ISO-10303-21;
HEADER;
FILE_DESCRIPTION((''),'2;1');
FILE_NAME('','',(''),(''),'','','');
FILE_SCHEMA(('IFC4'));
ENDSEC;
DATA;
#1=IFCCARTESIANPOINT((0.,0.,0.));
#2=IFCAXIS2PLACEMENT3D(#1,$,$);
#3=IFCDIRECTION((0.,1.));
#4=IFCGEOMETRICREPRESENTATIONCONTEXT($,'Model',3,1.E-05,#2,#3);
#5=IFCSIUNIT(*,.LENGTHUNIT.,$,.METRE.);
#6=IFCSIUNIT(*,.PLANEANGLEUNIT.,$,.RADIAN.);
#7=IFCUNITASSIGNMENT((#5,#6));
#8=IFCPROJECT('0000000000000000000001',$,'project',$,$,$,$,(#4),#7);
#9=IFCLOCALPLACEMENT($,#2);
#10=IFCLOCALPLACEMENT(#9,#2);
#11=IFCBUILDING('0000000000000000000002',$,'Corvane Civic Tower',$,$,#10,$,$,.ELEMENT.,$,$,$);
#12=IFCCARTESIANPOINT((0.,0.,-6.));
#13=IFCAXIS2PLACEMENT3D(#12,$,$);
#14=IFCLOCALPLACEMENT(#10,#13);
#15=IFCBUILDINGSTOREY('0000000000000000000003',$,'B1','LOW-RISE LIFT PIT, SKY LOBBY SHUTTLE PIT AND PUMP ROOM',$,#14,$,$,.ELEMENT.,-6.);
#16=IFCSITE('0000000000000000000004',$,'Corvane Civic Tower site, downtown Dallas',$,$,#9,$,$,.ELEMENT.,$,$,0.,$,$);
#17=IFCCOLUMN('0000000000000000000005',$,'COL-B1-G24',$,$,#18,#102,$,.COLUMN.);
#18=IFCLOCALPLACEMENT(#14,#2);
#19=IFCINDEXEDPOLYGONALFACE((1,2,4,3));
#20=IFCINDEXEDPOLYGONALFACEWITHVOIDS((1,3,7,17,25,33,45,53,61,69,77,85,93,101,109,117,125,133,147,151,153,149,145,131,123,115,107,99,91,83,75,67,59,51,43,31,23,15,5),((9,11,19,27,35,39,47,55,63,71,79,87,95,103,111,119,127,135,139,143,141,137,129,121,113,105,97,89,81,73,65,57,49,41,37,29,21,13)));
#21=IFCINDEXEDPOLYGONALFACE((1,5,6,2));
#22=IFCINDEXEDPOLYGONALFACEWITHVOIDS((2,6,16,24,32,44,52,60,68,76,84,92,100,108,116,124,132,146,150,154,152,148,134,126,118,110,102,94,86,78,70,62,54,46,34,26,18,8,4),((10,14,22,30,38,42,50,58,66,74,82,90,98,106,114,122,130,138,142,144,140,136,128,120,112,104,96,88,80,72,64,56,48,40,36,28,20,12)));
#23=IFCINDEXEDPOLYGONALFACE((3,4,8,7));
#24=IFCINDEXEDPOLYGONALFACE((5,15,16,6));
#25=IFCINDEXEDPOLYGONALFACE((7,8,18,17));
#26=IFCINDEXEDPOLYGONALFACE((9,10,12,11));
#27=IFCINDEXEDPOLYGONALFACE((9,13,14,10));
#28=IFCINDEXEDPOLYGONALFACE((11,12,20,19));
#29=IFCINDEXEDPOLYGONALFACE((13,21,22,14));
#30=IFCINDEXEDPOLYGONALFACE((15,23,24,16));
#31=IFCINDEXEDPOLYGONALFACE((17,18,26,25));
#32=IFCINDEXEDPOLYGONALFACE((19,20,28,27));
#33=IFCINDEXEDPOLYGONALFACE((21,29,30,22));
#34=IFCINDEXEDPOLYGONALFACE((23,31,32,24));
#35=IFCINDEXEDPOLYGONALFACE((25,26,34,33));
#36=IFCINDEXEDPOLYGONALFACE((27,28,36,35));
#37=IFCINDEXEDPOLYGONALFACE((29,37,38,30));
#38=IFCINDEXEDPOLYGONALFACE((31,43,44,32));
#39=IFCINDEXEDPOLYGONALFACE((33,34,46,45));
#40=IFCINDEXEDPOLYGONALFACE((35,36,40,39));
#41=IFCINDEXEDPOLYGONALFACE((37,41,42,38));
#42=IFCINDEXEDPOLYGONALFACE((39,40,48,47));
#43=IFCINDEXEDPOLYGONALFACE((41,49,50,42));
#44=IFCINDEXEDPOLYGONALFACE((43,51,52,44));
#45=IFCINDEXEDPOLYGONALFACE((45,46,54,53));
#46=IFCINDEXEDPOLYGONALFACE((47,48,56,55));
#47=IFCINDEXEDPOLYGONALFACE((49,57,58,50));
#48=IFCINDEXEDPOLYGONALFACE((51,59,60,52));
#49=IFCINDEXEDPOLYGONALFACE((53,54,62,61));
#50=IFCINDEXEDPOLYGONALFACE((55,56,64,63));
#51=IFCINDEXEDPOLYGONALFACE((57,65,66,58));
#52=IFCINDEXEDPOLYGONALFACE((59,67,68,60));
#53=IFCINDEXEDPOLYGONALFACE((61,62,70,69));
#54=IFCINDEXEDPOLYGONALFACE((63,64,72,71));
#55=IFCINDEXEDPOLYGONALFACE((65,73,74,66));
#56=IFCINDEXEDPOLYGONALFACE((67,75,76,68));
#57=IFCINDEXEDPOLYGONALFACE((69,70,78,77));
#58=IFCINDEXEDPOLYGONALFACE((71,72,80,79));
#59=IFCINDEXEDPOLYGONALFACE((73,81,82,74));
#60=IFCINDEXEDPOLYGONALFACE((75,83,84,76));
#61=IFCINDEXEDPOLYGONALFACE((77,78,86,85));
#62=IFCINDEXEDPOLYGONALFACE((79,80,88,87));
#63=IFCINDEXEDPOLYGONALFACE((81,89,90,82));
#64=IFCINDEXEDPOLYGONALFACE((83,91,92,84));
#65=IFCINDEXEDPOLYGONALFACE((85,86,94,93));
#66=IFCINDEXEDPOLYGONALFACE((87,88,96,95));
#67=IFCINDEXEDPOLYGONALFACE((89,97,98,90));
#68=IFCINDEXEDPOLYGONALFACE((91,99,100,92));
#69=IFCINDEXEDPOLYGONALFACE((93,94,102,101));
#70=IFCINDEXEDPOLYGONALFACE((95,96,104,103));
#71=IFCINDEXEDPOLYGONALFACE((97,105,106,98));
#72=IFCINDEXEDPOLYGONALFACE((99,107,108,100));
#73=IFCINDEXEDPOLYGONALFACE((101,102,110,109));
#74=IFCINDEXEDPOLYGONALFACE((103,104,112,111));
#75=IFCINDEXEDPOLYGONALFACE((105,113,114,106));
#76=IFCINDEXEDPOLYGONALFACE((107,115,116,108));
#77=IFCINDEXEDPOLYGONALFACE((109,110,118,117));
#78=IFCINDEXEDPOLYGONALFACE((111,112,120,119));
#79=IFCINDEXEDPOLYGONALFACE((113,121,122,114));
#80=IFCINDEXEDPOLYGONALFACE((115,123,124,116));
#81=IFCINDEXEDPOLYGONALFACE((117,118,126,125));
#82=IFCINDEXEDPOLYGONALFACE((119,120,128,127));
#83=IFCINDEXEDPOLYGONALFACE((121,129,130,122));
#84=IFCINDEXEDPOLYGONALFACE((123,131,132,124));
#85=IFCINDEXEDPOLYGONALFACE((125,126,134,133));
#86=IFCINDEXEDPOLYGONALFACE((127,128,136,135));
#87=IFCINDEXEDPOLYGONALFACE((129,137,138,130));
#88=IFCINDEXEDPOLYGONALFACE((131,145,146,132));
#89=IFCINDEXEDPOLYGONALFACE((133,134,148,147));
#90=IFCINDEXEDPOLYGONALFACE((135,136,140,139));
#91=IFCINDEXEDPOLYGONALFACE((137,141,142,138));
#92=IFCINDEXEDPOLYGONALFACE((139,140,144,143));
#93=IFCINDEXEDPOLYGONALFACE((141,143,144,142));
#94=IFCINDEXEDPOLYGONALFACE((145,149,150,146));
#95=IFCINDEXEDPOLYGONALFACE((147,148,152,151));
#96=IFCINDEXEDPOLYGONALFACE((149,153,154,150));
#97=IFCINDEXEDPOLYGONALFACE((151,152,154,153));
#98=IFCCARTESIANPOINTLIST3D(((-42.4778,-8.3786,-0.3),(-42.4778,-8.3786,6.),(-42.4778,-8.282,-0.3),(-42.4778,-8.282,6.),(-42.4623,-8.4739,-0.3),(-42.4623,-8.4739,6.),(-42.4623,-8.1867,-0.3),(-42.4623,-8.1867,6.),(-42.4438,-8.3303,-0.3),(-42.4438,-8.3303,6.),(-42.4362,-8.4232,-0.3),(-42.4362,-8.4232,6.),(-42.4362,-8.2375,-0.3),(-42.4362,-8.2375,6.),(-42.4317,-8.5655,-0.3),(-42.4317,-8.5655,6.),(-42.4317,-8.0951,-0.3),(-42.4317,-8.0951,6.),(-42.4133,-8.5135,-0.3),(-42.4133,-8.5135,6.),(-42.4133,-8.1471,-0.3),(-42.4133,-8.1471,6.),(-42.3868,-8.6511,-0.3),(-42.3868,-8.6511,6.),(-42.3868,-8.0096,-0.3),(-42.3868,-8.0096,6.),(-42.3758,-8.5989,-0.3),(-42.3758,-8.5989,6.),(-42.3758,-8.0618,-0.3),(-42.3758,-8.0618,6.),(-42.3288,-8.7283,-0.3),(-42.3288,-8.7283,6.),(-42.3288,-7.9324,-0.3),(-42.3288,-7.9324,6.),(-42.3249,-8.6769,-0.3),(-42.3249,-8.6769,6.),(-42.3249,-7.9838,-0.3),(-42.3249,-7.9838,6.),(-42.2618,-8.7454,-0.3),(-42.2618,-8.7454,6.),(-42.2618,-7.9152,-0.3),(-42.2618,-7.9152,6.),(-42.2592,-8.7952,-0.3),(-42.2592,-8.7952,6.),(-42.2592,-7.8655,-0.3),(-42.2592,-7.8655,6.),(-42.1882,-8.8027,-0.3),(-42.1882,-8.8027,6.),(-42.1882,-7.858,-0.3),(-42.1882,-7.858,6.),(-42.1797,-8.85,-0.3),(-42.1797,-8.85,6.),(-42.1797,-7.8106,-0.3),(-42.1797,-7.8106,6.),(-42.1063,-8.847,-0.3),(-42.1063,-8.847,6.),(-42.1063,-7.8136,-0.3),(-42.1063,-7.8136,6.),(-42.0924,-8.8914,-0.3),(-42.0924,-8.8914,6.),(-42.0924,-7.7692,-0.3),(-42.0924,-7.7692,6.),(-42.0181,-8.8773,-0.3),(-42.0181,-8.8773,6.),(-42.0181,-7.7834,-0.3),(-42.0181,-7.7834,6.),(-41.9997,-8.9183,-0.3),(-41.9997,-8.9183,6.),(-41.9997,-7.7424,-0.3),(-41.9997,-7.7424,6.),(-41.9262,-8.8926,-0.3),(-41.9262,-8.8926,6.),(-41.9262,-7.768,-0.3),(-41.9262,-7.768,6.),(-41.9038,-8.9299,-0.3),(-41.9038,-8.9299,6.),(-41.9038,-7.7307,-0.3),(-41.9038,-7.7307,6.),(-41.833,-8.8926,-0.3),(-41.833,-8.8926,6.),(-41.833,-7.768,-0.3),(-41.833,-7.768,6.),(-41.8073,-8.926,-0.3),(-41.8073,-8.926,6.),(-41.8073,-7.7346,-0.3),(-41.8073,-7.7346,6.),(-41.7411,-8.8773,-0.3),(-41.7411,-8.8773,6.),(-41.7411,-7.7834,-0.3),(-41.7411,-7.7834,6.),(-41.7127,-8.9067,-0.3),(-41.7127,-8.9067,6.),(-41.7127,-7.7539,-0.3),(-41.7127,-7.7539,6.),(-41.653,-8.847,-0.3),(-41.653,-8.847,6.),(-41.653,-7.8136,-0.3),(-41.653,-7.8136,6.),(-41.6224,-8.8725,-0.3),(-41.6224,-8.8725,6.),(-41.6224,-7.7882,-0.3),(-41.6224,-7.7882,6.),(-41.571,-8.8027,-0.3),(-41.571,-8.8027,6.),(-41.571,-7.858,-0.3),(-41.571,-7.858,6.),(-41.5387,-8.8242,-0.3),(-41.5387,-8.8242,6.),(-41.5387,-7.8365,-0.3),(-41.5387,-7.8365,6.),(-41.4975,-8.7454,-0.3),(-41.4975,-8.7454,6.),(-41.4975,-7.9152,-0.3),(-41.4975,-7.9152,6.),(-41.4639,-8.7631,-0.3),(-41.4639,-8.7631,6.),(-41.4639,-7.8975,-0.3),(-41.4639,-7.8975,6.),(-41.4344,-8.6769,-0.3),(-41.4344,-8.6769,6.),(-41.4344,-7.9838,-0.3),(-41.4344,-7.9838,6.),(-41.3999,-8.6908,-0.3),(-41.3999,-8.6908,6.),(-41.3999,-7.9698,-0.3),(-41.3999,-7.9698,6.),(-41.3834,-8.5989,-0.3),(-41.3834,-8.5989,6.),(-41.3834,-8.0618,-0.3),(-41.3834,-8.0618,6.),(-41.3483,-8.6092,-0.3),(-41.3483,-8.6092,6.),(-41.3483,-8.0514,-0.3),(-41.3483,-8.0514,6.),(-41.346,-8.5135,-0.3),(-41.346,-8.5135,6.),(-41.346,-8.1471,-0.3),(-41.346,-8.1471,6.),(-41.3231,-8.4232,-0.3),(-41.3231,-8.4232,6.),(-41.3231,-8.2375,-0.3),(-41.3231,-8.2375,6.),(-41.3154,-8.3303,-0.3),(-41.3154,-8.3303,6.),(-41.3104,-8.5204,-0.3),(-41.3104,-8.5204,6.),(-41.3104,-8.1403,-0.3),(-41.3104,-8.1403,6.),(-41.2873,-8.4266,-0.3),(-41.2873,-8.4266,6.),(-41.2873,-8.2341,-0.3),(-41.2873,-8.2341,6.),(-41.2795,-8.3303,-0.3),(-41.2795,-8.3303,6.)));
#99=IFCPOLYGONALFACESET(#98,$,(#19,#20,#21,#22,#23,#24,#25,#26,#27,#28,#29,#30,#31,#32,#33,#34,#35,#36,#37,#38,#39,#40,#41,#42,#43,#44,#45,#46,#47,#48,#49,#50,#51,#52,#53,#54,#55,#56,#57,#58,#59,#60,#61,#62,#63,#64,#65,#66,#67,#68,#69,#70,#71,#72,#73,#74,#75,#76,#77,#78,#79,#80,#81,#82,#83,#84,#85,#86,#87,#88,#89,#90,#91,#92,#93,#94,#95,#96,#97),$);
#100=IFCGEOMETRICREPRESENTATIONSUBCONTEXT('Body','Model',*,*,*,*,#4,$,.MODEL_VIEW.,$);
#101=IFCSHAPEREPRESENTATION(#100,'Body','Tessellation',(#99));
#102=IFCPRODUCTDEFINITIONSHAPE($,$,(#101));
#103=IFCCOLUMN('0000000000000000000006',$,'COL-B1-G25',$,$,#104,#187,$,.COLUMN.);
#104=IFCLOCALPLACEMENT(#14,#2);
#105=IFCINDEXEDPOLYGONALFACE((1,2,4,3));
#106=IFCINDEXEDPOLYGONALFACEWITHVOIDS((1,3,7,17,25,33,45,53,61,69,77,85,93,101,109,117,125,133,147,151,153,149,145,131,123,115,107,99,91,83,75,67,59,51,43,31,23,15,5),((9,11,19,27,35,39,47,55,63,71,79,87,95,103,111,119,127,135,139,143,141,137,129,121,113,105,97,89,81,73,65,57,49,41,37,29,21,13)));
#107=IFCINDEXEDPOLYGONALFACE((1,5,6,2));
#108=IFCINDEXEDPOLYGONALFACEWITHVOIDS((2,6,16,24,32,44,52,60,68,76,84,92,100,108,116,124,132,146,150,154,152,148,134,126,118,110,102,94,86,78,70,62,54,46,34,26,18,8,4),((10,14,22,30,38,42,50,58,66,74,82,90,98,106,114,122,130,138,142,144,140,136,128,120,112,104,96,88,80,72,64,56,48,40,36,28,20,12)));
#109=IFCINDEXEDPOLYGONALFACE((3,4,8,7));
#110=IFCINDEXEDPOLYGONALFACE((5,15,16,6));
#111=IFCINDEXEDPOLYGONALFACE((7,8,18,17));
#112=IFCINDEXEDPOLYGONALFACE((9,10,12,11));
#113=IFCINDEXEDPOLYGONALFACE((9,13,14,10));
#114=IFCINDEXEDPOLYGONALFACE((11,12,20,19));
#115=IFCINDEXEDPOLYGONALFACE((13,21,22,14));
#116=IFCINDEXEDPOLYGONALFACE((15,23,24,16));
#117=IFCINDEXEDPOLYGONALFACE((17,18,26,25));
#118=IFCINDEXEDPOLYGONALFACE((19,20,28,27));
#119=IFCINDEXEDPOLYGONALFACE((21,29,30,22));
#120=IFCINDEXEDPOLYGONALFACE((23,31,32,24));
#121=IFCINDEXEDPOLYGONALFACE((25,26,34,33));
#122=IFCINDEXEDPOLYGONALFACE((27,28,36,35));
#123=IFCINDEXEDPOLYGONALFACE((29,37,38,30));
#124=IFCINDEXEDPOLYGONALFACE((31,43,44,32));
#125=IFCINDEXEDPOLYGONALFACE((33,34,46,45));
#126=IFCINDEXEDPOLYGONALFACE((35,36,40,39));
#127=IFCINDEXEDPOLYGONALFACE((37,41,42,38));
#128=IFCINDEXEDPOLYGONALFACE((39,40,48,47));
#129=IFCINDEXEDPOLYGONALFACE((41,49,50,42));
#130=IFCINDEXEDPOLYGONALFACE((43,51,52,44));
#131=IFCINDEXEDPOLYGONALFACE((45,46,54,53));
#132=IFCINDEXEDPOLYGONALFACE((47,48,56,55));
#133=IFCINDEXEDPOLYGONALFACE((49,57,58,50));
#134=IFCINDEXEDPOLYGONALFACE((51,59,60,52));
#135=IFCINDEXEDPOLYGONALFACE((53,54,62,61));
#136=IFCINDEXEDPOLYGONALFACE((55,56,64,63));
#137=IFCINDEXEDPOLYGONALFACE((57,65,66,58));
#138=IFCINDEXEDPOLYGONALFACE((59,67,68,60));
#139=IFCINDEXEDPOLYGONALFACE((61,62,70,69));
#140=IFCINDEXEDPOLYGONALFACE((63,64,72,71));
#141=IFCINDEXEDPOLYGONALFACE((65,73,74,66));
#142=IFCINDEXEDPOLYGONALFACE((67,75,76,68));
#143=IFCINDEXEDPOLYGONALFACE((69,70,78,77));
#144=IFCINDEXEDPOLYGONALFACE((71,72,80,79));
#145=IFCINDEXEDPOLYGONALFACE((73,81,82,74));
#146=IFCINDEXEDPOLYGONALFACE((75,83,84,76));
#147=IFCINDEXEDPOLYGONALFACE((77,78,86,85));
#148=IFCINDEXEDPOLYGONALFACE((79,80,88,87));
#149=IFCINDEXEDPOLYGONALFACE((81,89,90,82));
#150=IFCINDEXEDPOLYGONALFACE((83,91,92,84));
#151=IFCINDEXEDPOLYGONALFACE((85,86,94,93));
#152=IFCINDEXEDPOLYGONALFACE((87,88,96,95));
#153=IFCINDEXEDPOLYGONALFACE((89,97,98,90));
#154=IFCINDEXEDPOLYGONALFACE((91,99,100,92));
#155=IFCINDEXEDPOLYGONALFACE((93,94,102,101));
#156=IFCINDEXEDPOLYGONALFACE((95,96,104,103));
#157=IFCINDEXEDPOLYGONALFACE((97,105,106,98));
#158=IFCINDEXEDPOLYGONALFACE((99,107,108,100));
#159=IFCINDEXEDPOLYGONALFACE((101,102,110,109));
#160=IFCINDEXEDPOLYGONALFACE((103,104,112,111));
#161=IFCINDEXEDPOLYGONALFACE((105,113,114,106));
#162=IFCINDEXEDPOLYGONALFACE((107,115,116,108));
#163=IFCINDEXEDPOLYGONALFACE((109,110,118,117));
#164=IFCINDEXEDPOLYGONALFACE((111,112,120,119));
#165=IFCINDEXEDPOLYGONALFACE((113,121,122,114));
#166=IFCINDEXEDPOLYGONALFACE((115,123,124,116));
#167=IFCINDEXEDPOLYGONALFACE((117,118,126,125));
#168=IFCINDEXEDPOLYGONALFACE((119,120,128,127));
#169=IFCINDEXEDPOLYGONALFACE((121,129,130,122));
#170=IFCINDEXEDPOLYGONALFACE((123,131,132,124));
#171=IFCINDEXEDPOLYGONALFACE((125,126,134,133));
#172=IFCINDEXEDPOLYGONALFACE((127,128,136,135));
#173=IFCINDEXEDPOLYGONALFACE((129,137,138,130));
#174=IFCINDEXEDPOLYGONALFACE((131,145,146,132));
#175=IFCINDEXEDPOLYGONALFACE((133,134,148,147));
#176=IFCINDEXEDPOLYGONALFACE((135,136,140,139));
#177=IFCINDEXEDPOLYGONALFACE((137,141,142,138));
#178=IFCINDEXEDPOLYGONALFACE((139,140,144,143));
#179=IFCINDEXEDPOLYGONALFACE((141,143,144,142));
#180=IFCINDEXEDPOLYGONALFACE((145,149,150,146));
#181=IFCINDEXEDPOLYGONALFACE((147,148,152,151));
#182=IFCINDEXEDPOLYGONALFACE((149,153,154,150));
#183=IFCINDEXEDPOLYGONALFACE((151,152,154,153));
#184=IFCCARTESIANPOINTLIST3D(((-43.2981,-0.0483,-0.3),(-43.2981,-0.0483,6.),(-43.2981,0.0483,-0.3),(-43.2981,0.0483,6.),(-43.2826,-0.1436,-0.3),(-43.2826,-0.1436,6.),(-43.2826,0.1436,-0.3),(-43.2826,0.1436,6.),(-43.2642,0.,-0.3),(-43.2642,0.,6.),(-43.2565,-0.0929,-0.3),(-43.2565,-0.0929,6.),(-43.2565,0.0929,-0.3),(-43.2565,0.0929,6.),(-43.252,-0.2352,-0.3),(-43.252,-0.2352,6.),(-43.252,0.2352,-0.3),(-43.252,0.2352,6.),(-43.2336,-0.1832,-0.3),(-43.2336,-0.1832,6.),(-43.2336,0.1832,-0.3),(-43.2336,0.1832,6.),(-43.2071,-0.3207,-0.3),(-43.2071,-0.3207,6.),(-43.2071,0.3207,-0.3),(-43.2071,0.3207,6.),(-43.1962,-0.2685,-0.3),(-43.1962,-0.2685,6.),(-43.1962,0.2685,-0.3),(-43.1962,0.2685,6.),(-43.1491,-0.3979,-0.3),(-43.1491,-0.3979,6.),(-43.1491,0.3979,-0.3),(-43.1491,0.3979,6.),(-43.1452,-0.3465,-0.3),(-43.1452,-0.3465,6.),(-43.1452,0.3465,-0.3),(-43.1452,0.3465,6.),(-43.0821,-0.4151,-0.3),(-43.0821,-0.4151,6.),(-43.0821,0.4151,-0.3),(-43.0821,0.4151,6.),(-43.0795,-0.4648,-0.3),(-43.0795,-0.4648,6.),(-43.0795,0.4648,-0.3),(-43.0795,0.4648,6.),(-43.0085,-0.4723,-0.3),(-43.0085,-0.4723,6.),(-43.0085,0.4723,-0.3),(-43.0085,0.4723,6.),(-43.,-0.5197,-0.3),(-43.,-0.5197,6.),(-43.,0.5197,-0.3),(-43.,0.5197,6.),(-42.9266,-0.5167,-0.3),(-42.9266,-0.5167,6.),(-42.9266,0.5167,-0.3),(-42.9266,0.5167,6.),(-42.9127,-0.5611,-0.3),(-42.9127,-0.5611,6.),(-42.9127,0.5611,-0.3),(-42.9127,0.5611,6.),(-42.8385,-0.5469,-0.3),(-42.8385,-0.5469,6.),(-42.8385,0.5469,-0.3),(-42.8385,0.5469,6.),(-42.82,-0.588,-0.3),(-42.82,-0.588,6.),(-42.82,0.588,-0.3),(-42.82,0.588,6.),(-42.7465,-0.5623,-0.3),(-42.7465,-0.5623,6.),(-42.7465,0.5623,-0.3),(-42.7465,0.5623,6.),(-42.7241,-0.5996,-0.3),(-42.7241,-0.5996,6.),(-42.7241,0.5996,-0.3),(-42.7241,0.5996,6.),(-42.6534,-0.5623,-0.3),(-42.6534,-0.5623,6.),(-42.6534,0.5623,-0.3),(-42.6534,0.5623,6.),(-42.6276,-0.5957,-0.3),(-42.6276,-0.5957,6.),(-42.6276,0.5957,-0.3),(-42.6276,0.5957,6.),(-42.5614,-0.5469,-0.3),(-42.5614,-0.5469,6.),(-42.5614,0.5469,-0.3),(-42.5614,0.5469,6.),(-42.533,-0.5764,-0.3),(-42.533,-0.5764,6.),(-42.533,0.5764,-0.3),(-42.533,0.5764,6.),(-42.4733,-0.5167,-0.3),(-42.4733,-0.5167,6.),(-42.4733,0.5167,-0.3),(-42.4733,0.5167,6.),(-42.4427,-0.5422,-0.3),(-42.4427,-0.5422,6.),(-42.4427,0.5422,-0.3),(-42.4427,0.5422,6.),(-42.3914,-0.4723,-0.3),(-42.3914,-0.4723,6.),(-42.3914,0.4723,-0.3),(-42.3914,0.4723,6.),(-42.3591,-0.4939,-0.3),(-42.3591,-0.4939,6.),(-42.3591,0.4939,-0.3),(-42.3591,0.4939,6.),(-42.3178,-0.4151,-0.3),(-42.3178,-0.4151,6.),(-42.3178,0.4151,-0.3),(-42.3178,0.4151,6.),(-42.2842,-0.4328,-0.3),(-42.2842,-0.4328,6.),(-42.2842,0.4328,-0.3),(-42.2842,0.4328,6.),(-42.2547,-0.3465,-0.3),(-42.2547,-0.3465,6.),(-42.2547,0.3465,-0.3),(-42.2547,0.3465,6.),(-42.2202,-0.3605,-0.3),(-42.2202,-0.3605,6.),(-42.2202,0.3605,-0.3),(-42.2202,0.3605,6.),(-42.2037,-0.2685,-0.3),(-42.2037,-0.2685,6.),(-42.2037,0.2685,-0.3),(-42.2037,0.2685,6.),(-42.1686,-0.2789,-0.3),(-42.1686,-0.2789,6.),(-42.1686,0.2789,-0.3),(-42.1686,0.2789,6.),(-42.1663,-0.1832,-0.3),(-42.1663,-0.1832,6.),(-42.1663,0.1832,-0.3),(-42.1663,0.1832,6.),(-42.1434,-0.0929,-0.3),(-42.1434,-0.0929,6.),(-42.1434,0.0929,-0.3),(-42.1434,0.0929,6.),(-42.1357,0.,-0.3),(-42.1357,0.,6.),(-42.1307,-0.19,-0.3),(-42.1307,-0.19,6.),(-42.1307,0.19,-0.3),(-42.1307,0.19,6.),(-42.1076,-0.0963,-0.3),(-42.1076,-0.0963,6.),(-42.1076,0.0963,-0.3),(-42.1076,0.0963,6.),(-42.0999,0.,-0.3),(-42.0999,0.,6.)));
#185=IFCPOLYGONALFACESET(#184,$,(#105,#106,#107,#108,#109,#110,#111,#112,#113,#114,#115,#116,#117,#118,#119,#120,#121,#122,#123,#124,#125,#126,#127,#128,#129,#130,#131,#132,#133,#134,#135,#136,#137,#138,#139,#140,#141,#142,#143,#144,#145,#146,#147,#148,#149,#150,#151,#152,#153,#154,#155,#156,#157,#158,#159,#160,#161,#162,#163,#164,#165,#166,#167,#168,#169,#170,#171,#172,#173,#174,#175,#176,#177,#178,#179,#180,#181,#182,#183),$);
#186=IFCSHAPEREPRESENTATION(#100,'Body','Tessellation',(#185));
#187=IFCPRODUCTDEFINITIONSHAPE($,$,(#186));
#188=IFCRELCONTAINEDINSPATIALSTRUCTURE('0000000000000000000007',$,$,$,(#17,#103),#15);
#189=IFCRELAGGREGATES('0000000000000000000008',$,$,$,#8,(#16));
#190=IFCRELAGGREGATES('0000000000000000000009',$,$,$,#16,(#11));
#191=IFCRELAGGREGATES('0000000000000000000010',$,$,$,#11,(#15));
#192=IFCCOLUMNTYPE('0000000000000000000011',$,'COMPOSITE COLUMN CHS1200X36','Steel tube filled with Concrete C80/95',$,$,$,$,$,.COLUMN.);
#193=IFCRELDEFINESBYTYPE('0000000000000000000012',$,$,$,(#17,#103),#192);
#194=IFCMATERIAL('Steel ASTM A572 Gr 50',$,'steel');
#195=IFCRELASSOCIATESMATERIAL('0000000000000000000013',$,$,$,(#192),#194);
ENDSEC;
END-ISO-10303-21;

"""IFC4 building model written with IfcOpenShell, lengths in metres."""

from ifc_helpers import new_model, si_unit, direction, frame, origin, origin_2d, place, context, subcontext, project, spatial, hollow_circle, extrude, material, material_profile, profile_set, type_object, element, save


model = new_model("IFC4")

# Units and contexts
model_context = context("Model", 3, precision=1e-05, world=origin(), true_north=direction((0.0, 1.0)))
body_context = subcontext(model_context, "Body", "Model", "MODEL_VIEW")
ifc_project = project(units=[si_unit("LENGTHUNIT", "METRE"), si_unit("PLANEANGLEUNIT", "RADIAN")], contexts=[model_context])

# Site, building, storey
site_placement = place(None, origin())
site = spatial("IfcSite", under=ifc_project, at=site_placement, Name="Corvane Civic Tower site, downtown Dallas", CompositionType="ELEMENT", RefElevation=0.0)
building_placement = place(site_placement, origin())
building = spatial("IfcBuilding", under=site, at=building_placement, Name="Corvane Civic Tower", CompositionType="ELEMENT")
storey_placement = place(building_placement, frame((0.0, 0.0, -6.0)))
storey = spatial("IfcBuildingStorey", under=building, at=storey_placement, Name="B1", Description="LOW-RISE LIFT PIT, SKY LOBBY SHUTTLE PIT AND PUMP ROOM", CompositionType="ELEMENT", Elevation=-6.0)

# Columns
ifc_material_1 = material(Name="Steel ASTM A572 Gr 50", Category="steel")
ifc_material_profile_1 = material_profile(ifc_material_1, hollow_circle(Radius=0.6001, WallThickness=0.0359, at=origin_2d()), Name="CHS1200X36")
ifc_profile_set_1 = profile_set([ifc_material_profile_1], Name="Steel ASTM A572 Gr 50")
column_type_1 = type_object("IfcColumnType", Name="COMPOSITE COLUMN CHS1200X36", Description="Steel tube filled with Concrete C80/95", PredefinedType="COLUMN", material=ifc_profile_set_1)
for number, where, z_axis, x_axis, name in (
    (1, (-41.8796, -8.3303, -0.3), (0.0, 0.0, 1.0), (1.0, 0.0, 0.0), "COL-B1-G24"),
    (2, (-42.7, 0.0, -0.3), (0.0, 0.0, 1.0), (1.0, 0.0, 0.0), "COL-B1-G25"),
):
    element("IfcColumn", number, at=place(storey_placement, frame(where, z_axis=z_axis, x_axis=x_axis)), inside=storey, type_object=column_type_1, Name=name, PredefinedType="COLUMN", context=body_context, shape_type="SweptSolid", body=[
        extrude(hollow_circle(Radius=0.6001, WallThickness=0.0359, at=origin_2d()), origin(), (0.0, 0.0, 1.0), 6.3),
    ])

save(model, "model.ifc")
